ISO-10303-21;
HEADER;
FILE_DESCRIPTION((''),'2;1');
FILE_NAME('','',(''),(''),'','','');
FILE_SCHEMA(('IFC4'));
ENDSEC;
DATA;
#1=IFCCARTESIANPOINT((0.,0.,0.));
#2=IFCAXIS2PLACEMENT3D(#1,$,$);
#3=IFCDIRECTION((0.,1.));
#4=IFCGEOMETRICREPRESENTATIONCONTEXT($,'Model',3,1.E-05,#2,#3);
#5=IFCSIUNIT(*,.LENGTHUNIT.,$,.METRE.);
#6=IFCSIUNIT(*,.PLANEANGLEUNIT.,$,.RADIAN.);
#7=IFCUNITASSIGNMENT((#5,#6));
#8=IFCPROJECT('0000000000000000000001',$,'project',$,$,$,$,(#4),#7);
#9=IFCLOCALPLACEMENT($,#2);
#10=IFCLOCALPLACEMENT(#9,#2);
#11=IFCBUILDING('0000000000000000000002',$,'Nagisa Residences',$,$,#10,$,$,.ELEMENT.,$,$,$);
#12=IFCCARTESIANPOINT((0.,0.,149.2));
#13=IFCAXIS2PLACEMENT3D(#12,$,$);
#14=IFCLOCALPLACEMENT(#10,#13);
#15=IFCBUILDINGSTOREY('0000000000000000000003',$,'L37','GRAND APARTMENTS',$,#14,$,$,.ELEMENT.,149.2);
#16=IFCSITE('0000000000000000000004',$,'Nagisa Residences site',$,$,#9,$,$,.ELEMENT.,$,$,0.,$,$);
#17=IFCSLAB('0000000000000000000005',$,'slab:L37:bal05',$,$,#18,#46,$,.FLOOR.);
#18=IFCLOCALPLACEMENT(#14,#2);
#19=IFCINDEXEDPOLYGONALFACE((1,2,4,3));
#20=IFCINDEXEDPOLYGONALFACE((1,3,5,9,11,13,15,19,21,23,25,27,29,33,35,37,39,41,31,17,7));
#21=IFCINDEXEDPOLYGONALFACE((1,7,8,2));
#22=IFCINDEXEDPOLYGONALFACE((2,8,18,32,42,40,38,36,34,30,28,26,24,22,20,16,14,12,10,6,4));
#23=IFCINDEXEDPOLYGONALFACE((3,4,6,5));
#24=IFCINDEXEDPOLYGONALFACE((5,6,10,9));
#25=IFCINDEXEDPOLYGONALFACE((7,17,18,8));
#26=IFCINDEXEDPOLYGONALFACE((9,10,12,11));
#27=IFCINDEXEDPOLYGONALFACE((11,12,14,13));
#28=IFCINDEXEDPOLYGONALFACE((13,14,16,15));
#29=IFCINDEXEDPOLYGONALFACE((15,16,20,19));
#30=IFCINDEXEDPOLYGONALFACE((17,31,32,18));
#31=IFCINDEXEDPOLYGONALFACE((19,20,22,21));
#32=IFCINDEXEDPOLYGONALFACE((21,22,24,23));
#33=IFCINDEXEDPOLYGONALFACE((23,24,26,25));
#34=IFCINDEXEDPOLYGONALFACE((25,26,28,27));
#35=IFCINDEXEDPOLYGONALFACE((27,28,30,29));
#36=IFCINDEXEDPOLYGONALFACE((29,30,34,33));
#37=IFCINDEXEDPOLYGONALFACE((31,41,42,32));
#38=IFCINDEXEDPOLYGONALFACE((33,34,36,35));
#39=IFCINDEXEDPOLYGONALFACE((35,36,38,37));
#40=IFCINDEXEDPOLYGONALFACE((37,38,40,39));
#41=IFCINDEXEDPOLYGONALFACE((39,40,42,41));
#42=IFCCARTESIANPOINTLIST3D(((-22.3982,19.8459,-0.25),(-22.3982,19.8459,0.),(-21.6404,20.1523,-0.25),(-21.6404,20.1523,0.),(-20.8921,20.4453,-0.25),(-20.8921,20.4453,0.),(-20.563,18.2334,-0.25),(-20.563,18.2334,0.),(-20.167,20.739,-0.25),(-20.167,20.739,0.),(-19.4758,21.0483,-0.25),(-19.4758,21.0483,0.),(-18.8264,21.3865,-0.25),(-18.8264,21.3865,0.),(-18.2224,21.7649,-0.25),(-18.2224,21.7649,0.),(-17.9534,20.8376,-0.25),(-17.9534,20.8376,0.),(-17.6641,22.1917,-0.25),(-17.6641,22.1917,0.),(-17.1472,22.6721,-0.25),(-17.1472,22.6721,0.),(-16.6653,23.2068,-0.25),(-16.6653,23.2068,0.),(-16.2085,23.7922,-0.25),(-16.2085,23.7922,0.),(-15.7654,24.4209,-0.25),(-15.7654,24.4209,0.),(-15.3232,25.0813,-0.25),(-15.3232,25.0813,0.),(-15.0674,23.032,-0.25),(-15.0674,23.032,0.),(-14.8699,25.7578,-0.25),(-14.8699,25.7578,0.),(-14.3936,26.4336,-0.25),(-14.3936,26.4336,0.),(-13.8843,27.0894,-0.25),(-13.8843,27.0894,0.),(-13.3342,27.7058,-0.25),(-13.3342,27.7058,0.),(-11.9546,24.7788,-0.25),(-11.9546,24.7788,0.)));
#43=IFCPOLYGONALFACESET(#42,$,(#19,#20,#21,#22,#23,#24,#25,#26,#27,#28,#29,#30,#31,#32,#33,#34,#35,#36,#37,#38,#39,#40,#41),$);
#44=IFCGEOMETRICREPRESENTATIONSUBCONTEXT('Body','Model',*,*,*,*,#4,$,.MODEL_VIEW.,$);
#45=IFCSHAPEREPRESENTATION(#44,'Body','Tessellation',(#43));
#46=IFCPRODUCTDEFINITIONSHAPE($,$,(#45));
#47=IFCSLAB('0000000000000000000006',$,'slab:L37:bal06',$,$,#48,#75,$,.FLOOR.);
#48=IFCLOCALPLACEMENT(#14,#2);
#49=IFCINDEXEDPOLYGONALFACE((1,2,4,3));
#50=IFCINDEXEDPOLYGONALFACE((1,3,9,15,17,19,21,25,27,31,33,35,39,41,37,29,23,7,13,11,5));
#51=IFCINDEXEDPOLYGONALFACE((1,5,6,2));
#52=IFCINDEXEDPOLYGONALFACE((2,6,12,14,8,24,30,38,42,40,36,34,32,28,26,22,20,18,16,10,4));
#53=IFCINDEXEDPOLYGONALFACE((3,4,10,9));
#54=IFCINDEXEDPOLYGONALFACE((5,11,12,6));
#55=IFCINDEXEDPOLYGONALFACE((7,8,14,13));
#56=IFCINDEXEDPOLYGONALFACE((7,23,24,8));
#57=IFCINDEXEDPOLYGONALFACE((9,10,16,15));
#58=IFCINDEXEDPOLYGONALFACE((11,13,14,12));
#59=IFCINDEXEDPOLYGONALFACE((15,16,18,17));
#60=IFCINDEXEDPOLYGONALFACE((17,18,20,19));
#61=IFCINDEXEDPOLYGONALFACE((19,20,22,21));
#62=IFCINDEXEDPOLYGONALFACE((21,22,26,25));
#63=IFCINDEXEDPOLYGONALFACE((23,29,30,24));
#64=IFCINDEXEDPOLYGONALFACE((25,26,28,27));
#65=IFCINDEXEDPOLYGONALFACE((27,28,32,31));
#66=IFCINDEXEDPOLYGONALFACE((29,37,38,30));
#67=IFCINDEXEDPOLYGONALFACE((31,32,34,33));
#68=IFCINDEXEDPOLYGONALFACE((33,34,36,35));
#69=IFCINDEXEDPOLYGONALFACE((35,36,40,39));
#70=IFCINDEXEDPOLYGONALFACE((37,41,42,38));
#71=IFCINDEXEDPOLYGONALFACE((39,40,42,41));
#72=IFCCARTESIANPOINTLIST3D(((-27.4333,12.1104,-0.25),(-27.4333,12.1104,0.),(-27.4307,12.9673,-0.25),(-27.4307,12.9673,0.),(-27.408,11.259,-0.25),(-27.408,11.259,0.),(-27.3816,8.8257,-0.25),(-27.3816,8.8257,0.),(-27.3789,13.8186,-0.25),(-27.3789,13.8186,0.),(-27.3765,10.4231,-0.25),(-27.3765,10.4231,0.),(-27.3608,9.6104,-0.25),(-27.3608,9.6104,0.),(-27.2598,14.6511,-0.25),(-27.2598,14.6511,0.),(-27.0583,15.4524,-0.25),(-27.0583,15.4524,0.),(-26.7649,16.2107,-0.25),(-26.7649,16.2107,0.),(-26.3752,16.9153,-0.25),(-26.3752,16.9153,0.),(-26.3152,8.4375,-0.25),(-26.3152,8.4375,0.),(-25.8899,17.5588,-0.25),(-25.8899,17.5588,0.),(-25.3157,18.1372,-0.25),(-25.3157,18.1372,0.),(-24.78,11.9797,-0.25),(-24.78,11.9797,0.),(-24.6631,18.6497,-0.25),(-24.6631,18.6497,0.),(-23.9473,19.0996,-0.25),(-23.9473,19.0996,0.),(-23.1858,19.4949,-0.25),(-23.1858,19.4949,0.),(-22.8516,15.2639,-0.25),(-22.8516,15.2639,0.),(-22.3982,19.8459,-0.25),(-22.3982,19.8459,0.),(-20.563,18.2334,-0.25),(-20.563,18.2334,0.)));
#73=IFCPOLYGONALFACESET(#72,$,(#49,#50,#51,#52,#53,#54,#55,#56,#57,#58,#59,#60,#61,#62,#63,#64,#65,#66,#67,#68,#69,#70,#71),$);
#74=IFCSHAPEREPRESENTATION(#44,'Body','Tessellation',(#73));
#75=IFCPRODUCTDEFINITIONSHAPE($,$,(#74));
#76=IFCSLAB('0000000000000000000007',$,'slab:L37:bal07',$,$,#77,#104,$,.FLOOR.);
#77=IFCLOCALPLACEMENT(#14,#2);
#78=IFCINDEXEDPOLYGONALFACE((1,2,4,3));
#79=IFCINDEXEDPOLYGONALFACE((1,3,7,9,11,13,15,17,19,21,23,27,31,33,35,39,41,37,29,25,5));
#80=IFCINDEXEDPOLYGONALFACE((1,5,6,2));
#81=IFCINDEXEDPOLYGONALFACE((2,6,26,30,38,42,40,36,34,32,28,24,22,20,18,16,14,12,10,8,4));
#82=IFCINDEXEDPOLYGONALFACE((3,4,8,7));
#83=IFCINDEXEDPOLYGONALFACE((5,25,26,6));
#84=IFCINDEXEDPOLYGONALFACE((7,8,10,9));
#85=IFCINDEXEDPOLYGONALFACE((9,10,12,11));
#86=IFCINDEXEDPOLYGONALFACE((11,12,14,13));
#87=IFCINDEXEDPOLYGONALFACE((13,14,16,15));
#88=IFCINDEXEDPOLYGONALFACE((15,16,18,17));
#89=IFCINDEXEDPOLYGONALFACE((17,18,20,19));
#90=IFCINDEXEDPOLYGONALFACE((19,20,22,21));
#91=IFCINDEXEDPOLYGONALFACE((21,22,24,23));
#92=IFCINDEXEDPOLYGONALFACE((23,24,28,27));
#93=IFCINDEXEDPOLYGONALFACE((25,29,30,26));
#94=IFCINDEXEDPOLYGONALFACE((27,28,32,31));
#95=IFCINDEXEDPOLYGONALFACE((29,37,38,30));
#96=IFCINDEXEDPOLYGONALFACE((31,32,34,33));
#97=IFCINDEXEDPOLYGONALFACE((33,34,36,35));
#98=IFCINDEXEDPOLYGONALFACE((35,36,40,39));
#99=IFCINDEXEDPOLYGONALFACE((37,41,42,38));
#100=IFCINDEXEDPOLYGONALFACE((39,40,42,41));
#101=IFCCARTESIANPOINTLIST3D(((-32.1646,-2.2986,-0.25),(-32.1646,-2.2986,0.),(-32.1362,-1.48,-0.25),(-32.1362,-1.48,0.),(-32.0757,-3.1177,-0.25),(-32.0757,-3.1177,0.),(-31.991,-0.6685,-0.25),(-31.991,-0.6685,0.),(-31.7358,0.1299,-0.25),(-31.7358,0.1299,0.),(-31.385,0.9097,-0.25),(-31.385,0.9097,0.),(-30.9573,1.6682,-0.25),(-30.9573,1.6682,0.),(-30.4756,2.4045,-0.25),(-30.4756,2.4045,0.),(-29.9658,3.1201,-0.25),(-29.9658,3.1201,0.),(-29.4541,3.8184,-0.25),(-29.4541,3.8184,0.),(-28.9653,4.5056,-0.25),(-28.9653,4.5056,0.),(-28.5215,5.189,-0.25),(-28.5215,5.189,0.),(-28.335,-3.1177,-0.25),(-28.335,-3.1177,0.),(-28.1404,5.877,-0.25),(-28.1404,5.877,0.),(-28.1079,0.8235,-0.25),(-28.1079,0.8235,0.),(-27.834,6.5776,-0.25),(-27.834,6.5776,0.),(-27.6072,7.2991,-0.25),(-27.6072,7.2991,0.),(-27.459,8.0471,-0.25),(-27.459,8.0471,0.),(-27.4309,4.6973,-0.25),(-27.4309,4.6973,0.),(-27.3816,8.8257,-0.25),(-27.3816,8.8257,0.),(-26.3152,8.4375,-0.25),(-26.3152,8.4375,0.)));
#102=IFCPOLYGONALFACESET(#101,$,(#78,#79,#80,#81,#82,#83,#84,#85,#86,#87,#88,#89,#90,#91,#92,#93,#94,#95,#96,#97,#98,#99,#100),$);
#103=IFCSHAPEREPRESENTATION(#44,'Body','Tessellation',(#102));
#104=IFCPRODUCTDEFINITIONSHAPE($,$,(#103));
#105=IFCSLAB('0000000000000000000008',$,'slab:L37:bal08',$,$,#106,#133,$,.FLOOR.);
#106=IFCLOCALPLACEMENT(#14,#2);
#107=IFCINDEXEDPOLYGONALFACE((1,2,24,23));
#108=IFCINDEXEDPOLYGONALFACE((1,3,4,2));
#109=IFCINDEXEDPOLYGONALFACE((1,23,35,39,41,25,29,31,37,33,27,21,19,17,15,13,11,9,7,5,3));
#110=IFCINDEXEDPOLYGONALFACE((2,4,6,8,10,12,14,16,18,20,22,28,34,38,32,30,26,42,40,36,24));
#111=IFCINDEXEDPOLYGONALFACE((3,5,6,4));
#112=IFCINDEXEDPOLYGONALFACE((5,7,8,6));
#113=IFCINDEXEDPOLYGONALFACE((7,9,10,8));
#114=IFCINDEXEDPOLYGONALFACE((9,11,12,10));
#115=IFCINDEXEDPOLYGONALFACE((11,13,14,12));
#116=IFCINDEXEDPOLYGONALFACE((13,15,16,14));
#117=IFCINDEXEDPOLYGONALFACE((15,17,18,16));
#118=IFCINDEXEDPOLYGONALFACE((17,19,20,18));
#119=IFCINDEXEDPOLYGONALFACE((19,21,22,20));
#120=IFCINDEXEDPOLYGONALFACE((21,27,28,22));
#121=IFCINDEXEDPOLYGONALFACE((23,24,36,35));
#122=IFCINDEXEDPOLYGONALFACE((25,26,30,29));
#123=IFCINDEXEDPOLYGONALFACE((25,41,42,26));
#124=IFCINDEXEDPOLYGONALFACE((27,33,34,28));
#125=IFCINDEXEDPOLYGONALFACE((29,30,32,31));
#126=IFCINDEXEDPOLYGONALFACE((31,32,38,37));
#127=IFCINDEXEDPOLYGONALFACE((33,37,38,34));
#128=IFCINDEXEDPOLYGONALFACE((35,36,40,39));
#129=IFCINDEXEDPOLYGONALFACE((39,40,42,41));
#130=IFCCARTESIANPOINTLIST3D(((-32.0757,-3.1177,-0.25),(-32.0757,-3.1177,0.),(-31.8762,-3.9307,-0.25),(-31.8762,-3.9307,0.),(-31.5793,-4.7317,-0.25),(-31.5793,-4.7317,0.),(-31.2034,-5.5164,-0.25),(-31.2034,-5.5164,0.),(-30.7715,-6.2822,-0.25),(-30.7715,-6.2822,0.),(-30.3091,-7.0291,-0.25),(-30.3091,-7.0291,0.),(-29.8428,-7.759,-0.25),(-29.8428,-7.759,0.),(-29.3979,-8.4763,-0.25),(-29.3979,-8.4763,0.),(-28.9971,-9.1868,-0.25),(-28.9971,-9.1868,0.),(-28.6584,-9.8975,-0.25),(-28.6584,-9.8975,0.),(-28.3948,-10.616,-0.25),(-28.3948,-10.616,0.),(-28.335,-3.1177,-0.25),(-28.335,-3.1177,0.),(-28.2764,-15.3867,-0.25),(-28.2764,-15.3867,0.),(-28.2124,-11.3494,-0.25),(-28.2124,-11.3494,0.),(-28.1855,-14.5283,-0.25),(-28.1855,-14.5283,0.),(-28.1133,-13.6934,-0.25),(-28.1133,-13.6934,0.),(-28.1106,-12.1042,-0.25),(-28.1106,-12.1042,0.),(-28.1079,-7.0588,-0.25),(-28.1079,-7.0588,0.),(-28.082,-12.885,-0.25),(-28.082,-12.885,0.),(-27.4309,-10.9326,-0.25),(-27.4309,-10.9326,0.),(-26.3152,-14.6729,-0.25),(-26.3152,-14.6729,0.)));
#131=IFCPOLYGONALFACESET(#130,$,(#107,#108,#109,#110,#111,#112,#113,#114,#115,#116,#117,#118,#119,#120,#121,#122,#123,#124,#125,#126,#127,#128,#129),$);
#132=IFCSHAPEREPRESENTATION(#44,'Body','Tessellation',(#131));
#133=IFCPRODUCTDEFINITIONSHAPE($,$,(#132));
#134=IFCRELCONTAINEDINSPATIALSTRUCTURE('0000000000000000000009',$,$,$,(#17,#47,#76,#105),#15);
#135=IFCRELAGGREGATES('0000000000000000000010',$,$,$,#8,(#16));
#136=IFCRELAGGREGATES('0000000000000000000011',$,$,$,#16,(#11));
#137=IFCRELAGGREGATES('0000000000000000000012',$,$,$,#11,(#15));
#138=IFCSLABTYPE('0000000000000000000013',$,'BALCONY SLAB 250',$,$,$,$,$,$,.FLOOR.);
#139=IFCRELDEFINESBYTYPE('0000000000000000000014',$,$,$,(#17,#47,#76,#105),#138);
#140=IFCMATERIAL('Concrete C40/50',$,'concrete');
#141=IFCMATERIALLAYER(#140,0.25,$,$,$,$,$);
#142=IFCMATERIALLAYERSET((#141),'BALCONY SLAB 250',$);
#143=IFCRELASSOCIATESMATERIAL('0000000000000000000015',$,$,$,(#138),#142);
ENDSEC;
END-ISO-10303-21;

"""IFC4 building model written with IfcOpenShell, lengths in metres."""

from ifc_helpers import new_model, si_unit, direction, frame, origin, place, context, subcontext, project, spatial, polyline, outline, extrude, material, layer, layer_set, type_object, element, save


model = new_model("IFC4")

# Units and contexts
model_context = context("Model", 3, precision=1e-05, world=origin(), true_north=direction((0.0, 1.0)))
body_context = subcontext(model_context, "Body", "Model", "MODEL_VIEW")
ifc_project = project(units=[si_unit("LENGTHUNIT", "METRE"), si_unit("PLANEANGLEUNIT", "RADIAN")], contexts=[model_context])

# Site, building, storey
site_placement = place(None, origin())
site = spatial("IfcSite", under=ifc_project, at=site_placement, Name="Nagisa Residences site", CompositionType="ELEMENT", RefElevation=0.0)
building_placement = place(site_placement, origin())
building = spatial("IfcBuilding", under=site, at=building_placement, Name="Nagisa Residences", CompositionType="ELEMENT")
storey_placement = place(building_placement, frame((0.0, 0.0, 149.2)))
storey = spatial("IfcBuildingStorey", under=building, at=storey_placement, Name="L37", Description="GRAND APARTMENTS", CompositionType="ELEMENT", Elevation=149.2)

# Slabs
ifc_material_1 = material(Name="Concrete C40/50", Category="concrete")
ifc_layer_1 = layer(ifc_material_1, 0.25)
ifc_layer_set_1 = layer_set([ifc_layer_1], Name="BALCONY SLAB 250")
slab_type_1 = type_object("IfcSlabType", Name="BALCONY SLAB 250", PredefinedType="FLOOR", material=ifc_layer_set_1)
slab_1_placement = place(storey_placement, frame((0.0, 0.0, -0.25)))
element("IfcSlab", 1, at=slab_1_placement, inside=storey, type_object=slab_type_1, Name="slab:L37:bal05", PredefinedType="FLOOR", context=body_context, shape_type="SweptSolid", body=[
    extrude(outline(polyline([(-13.3342, 27.7058), (-13.8843, 27.0894), (-14.3936, 26.4336), (-14.8699, 25.7578), (-15.3232, 25.0813), (-15.7654, 24.4209), (-16.2085, 23.7922), (-16.6653, 23.2068), (-17.1472, 22.6721), (-17.6641, 22.1917), (-18.2224, 21.7649), (-18.8264, 21.3865), (-19.4758, 21.0483), (-20.167, 20.739), (-20.8921, 20.4453), (-21.6404, 20.1523), (-22.3982, 19.8459), (-20.563, 18.2334), (-17.9534, 20.8376), (-15.0674, 23.032), (-11.9546, 24.7788), (-13.3342, 27.7058)])), origin(), (0.0, 0.0, 1.0), 0.25),
])
slab_2_placement = place(storey_placement, frame((0.0, 0.0, -0.25)))
element("IfcSlab", 2, at=slab_2_placement, inside=storey, type_object=slab_type_1, Name="slab:L37:bal06", PredefinedType="FLOOR", context=body_context, shape_type="SweptSolid", body=[
    extrude(outline(polyline([(-22.3982, 19.8459), (-23.1858, 19.4949), (-23.9473, 19.0996), (-24.6631, 18.6497), (-25.3157, 18.1372), (-25.8899, 17.5588), (-26.3752, 16.9153), (-26.7649, 16.2107), (-27.0583, 15.4524), (-27.2598, 14.6511), (-27.3789, 13.8186), (-27.4307, 12.9673), (-27.4333, 12.1104), (-27.408, 11.259), (-27.3765, 10.4231), (-27.3608, 9.6104), (-27.3816, 8.8257), (-26.3152, 8.4375), (-24.78, 11.9797), (-22.8516, 15.2639), (-20.563, 18.2334), (-22.3982, 19.8459)])), origin(), (0.0, 0.0, 1.0), 0.25),
])
slab_3_placement = place(storey_placement, frame((0.0, 0.0, -0.25)))
element("IfcSlab", 3, at=slab_3_placement, inside=storey, type_object=slab_type_1, Name="slab:L37:bal07", PredefinedType="FLOOR", context=body_context, shape_type="SweptSolid", body=[
    extrude(outline(polyline([(-27.3816, 8.8257), (-27.459, 8.0471), (-27.6072, 7.2991), (-27.834, 6.5776), (-28.1404, 5.877), (-28.5215, 5.189), (-28.9653, 4.5056), (-29.4541, 3.8184), (-29.9658, 3.1201), (-30.4756, 2.4045), (-30.9573, 1.6682), (-31.385, 0.9097), (-31.7358, 0.1299), (-31.991, -0.6685), (-32.1362, -1.48), (-32.1646, -2.2986), (-32.0757, -3.1177), (-28.335, -3.1177), (-28.1079, 0.8235), (-27.4309, 4.6973), (-26.3152, 8.4375), (-27.3816, 8.8257)])), origin(), (0.0, 0.0, 1.0), 0.25),
])
slab_4_placement = place(storey_placement, frame((0.0, 0.0, -0.25)))
element("IfcSlab", 4, at=slab_4_placement, inside=storey, type_object=slab_type_1, Name="slab:L37:bal08", PredefinedType="FLOOR", context=body_context, shape_type="SweptSolid", body=[
    extrude(outline(polyline([(-32.0757, -3.1177), (-31.8762, -3.9307), (-31.5793, -4.7317), (-31.2034, -5.5164), (-30.7715, -6.2822), (-30.3091, -7.0291), (-29.8428, -7.759), (-29.3979, -8.4763), (-28.9971, -9.1868), (-28.6584, -9.8975), (-28.3948, -10.616), (-28.2124, -11.3494), (-28.1106, -12.1042), (-28.082, -12.885), (-28.1133, -13.6934), (-28.1855, -14.5283), (-28.2764, -15.3867), (-26.3152, -14.6729), (-27.4309, -10.9326), (-28.1079, -7.0588), (-28.335, -3.1177), (-32.0757, -3.1177)])), origin(), (0.0, 0.0, 1.0), 0.25),
])

save(model, "model.ifc")
